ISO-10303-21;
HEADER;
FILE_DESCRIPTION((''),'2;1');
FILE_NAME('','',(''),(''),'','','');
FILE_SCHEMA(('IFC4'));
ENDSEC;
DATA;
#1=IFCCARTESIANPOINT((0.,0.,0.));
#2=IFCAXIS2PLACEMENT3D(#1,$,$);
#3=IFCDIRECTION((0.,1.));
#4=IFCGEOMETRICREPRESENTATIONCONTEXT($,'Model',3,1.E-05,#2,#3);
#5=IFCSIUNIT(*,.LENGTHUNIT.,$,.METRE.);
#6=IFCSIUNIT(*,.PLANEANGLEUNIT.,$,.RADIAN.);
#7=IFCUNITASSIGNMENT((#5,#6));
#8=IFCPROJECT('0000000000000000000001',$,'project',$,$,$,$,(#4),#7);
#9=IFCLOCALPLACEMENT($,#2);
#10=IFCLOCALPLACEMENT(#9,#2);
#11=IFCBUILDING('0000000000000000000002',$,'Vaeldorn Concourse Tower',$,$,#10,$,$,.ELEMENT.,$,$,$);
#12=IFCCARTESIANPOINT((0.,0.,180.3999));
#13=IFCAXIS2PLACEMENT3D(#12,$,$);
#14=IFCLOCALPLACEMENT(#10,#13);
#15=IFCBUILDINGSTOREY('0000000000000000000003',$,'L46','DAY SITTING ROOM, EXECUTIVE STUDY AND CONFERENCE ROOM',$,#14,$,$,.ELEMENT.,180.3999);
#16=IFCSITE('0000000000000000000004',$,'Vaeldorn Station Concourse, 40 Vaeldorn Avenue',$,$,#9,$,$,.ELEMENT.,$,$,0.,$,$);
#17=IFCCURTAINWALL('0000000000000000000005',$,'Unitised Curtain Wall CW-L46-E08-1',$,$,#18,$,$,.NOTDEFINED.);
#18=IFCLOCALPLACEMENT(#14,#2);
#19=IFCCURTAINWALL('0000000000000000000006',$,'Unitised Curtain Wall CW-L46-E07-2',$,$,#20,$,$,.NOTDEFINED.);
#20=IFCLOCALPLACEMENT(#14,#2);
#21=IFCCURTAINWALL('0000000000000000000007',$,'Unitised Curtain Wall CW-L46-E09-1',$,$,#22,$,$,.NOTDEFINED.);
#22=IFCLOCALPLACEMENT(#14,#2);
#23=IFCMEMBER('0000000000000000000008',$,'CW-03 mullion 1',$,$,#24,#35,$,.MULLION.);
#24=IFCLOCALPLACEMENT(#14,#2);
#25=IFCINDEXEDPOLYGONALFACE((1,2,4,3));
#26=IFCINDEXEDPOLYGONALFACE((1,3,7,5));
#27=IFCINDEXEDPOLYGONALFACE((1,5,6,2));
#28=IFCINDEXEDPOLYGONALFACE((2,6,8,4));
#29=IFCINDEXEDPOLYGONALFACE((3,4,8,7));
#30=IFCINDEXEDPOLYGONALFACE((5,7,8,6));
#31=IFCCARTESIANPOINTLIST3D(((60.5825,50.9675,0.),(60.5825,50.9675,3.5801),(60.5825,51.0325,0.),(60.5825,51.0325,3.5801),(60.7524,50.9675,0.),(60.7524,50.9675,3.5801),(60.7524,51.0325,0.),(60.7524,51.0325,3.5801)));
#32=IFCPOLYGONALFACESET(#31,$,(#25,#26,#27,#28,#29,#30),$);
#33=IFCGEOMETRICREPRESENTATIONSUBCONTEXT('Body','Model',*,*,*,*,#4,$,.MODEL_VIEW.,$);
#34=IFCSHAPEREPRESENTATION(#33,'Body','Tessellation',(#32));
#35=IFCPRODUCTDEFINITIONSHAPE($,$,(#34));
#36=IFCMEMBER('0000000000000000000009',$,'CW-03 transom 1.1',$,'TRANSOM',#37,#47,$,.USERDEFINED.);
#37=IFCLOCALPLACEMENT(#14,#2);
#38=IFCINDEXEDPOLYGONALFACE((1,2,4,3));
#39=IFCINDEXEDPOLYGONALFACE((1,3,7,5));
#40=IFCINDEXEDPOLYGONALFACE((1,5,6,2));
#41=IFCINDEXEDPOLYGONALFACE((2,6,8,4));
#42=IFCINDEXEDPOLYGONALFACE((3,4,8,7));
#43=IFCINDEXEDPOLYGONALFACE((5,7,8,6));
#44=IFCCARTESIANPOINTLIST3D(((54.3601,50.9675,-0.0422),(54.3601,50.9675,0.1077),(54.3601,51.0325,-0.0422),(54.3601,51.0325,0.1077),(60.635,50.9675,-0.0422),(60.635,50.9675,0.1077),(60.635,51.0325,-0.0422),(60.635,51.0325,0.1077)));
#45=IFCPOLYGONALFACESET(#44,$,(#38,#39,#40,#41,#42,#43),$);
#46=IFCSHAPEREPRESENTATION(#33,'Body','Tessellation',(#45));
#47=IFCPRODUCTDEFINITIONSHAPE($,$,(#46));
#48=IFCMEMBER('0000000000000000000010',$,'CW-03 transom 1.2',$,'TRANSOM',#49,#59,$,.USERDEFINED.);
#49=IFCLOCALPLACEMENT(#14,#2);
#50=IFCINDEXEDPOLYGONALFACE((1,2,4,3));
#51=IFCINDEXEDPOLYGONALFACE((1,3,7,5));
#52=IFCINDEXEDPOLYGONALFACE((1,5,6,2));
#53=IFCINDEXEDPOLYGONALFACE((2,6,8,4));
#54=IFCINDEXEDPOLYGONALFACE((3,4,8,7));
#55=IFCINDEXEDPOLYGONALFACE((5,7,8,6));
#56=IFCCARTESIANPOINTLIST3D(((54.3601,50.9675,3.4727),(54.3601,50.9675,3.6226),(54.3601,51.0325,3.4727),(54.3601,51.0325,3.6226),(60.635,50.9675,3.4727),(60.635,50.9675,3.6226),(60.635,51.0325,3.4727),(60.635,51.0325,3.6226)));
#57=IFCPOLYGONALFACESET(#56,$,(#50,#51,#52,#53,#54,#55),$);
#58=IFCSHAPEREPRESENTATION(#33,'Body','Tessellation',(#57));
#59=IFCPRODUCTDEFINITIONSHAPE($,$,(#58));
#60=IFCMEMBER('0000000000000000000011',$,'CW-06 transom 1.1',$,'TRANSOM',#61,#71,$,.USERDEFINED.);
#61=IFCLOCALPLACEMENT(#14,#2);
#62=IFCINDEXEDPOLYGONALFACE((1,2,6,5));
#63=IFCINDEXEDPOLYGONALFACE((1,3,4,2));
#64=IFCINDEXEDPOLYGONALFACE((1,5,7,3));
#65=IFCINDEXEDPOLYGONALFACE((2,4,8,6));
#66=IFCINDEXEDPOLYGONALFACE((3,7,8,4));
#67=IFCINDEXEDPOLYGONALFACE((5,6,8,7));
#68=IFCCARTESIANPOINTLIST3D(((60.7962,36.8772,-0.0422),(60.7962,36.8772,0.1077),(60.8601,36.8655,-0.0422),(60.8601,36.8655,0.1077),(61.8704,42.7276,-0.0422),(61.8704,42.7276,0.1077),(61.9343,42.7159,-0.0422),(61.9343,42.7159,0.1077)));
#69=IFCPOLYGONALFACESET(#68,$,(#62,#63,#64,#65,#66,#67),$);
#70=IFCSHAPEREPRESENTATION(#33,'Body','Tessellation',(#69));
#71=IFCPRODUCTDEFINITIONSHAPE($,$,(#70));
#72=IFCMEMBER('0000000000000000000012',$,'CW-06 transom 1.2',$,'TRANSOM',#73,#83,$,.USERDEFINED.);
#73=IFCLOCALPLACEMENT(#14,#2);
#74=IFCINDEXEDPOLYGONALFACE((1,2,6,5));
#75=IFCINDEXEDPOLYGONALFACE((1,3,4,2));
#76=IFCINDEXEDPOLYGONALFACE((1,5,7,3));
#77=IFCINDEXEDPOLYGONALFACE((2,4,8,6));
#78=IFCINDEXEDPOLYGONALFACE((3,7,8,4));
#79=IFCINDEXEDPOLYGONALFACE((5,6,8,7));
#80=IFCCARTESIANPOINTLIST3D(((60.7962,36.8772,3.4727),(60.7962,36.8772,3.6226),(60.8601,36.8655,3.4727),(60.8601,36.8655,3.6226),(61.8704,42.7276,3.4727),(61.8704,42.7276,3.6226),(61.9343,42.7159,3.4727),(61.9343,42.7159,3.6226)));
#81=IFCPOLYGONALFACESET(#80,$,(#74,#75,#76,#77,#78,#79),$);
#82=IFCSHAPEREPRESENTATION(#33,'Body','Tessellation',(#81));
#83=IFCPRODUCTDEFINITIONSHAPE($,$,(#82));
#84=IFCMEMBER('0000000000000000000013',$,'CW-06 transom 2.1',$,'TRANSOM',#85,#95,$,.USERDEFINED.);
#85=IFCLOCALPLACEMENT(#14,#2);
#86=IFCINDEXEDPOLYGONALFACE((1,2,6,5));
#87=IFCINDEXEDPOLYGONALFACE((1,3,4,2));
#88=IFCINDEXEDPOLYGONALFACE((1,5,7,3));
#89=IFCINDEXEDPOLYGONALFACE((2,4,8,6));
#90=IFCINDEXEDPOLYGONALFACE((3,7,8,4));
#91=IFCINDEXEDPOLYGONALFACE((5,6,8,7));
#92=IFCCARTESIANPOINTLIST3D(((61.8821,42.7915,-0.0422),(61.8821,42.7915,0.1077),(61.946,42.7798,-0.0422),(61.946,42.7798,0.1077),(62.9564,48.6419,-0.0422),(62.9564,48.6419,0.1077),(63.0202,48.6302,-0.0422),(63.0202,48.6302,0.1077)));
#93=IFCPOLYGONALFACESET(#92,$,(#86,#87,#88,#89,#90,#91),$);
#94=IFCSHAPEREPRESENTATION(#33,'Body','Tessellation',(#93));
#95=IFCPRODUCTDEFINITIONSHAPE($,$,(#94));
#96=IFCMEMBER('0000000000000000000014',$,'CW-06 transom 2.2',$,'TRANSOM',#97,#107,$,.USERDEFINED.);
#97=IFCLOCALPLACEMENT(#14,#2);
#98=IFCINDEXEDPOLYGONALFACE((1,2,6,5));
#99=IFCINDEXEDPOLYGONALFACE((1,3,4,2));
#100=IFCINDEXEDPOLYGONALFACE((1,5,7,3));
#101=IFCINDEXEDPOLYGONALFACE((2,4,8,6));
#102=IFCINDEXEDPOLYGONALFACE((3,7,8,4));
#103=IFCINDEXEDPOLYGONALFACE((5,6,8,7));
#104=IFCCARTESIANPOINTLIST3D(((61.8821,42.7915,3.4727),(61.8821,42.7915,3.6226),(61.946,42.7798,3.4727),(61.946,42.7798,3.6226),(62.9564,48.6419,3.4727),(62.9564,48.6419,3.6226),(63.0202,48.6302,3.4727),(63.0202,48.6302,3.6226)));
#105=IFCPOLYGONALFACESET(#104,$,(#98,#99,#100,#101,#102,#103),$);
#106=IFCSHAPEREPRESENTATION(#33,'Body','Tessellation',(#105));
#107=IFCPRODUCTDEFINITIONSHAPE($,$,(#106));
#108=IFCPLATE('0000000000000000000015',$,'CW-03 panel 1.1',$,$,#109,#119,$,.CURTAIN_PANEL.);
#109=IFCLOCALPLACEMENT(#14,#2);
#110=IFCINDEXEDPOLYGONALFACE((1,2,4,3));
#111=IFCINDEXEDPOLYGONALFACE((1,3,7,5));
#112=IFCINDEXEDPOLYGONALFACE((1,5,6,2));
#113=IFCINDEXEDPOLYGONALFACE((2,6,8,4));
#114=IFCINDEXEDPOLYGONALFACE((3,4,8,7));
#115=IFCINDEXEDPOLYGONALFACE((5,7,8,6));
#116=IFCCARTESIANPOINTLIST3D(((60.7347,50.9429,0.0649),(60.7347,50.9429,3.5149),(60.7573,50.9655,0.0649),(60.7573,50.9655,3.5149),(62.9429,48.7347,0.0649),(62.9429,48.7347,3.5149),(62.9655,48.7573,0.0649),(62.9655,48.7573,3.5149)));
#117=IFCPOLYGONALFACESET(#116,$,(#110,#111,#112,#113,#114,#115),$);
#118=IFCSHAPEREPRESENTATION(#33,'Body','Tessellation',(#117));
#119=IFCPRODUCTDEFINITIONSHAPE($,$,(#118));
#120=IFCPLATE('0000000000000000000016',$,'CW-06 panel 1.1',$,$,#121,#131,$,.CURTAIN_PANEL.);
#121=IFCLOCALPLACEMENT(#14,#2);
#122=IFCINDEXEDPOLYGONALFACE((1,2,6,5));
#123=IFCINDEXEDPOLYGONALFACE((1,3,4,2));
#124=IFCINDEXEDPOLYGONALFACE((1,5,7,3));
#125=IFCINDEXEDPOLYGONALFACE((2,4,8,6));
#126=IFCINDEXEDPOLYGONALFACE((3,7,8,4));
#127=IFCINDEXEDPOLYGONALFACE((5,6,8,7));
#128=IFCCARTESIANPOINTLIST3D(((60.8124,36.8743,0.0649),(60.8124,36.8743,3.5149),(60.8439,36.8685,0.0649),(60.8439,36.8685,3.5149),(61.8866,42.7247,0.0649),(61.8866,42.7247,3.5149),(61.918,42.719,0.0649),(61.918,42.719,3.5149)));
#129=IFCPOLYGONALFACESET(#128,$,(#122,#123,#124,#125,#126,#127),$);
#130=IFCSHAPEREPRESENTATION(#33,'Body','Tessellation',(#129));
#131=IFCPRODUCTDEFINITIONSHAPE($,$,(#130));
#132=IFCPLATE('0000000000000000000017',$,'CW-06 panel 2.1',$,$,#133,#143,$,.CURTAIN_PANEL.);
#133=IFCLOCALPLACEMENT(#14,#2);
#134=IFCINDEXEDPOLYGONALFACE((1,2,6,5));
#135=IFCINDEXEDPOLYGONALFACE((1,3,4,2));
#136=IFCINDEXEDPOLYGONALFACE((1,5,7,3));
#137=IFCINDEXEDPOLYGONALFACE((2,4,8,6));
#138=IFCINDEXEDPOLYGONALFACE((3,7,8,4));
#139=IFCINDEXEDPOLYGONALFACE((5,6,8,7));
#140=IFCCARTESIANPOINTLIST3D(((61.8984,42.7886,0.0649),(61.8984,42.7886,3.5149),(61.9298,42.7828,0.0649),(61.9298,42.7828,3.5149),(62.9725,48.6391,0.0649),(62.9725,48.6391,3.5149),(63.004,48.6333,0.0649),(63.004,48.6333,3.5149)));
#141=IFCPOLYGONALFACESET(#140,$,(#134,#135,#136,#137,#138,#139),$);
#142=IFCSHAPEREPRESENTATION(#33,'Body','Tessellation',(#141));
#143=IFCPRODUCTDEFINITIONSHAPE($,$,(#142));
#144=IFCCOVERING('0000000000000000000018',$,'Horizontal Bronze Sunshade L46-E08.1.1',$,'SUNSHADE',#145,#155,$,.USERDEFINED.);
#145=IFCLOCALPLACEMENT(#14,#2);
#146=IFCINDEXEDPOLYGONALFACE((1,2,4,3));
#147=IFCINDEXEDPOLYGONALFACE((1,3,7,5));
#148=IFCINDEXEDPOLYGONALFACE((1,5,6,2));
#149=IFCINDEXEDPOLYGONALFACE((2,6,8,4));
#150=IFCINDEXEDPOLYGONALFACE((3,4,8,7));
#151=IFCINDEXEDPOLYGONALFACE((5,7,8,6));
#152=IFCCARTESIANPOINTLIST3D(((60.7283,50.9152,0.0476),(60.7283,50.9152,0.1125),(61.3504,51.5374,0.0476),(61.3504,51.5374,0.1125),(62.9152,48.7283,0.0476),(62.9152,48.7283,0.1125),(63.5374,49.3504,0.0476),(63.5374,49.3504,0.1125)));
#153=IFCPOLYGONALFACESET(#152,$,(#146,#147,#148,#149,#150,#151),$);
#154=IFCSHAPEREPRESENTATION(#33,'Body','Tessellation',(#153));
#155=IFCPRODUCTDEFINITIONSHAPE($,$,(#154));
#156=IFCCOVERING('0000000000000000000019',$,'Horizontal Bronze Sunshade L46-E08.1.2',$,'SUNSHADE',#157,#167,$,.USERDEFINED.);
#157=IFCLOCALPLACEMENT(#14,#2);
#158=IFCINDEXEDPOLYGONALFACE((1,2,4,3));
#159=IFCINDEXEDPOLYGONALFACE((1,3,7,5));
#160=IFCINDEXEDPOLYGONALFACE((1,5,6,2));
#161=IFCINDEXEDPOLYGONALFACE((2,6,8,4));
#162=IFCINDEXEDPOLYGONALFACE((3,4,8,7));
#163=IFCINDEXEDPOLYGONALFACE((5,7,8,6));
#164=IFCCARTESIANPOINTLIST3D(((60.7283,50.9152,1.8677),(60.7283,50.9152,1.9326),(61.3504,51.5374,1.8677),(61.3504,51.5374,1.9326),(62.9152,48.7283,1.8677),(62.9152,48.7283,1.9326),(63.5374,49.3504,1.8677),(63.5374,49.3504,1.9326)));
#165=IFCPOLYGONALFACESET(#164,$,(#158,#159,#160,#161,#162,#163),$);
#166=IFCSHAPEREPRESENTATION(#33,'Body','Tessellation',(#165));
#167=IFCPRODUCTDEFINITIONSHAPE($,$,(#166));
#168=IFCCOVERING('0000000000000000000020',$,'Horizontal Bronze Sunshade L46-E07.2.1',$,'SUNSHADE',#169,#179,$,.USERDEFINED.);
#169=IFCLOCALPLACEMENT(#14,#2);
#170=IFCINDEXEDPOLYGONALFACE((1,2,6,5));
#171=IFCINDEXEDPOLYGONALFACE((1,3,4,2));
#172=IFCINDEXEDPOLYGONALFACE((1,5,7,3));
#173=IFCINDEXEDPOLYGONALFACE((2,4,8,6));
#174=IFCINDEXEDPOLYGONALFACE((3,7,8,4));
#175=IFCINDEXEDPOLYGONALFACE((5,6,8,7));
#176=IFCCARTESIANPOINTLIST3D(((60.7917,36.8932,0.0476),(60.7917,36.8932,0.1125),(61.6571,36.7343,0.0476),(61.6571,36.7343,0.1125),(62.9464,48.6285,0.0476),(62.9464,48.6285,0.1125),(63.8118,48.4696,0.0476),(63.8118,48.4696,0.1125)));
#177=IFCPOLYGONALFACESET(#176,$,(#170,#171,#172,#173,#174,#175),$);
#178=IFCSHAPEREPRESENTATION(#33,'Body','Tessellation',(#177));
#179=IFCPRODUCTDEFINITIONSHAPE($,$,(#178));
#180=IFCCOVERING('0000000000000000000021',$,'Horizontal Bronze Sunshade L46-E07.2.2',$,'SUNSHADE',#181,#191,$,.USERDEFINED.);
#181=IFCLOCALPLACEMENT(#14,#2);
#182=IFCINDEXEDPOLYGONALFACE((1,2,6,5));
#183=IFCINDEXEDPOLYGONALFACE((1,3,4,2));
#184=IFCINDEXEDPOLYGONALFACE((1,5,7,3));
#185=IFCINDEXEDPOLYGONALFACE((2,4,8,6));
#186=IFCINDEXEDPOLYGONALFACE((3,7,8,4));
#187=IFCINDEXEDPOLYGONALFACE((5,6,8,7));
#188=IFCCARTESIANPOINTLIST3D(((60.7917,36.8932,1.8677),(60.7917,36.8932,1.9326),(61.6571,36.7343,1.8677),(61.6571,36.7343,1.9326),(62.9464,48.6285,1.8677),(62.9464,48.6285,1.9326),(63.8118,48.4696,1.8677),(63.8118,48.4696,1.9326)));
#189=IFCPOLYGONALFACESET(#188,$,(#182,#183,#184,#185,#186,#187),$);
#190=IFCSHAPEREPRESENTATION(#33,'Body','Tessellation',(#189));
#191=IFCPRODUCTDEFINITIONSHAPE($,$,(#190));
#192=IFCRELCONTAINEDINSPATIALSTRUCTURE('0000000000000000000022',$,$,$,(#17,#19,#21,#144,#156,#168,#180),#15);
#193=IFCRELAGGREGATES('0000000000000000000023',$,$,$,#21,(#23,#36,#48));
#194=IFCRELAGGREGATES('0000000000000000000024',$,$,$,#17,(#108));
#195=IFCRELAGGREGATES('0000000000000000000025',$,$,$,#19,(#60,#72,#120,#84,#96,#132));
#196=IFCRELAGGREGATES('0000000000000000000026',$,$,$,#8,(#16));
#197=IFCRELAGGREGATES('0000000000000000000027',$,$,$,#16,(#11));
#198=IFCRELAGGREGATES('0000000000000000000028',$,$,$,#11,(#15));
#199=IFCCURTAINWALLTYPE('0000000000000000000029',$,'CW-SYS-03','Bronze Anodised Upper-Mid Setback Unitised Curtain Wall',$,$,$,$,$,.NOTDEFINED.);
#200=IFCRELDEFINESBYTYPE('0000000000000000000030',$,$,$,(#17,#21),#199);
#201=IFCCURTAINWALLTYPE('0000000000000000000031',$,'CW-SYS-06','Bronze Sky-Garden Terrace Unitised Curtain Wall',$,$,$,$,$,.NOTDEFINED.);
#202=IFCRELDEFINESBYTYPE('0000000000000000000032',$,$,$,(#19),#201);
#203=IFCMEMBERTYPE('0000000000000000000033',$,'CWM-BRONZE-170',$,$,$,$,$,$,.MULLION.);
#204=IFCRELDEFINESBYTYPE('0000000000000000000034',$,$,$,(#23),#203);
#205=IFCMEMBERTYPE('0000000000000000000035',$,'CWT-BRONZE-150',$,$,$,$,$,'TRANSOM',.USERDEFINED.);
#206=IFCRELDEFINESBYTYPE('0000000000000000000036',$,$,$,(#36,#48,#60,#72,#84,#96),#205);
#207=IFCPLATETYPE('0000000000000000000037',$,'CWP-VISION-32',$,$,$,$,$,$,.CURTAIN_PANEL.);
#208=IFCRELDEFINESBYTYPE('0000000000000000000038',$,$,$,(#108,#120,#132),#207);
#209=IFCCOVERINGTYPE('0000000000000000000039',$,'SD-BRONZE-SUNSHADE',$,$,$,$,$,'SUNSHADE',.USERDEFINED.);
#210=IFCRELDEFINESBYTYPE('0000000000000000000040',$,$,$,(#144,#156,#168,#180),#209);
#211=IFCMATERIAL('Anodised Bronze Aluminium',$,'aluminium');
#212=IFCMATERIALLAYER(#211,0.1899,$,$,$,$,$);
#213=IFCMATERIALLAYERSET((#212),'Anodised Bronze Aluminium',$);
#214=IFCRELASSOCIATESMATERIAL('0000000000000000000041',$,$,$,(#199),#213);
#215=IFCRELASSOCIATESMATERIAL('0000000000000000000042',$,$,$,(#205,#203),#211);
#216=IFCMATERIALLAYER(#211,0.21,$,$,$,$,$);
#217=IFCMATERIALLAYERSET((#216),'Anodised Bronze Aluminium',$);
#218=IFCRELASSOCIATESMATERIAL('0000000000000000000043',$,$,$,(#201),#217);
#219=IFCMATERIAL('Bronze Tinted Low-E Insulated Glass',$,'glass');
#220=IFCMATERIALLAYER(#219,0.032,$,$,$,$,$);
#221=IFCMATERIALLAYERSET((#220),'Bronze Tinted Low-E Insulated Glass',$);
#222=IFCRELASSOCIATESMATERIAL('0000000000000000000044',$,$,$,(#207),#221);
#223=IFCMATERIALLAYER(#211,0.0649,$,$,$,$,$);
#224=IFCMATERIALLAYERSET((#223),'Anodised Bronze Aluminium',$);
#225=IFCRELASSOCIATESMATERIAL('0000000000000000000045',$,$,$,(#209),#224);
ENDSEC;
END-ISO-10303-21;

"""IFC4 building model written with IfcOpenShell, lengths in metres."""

from ifc_helpers import new_model, si_unit, direction, frame, origin, origin_2d, place, context, subcontext, project, spatial, rectangle, extrude, source, transform, mapped, material, layer, layer_set, material_profile, profile_set, type_object, element, aggregate, save


model = new_model("IFC4")

# Units and contexts
model_context = context("Model", 3, precision=1e-05, world=origin(), true_north=direction((0.0, 1.0)))
body_context = subcontext(model_context, "Body", "Model", "MODEL_VIEW")
ifc_project = project(units=[si_unit("LENGTHUNIT", "METRE"), si_unit("PLANEANGLEUNIT", "RADIAN")], contexts=[model_context])

# Site, building, storey
site_placement = place(None, origin())
site = spatial("IfcSite", under=ifc_project, at=site_placement, Name="Vaeldorn Station Concourse, 40 Vaeldorn Avenue", CompositionType="ELEMENT", RefElevation=0.0)
building_placement = place(site_placement, origin())
building = spatial("IfcBuilding", under=site, at=building_placement, Name="Vaeldorn Concourse Tower", CompositionType="ELEMENT")
storey_placement = place(building_placement, frame((0.0, 0.0, 180.3999)))
storey = spatial("IfcBuildingStorey", under=building, at=storey_placement, Name="L46", Description="DAY SITTING ROOM, EXECUTIVE STUDY AND CONFERENCE ROOM", CompositionType="ELEMENT", Elevation=180.3999)

# Curtain walls
ifc_material_1 = material(Name="Anodised Bronze Aluminium", Category="aluminium")
ifc_layer_1 = layer(ifc_material_1, 0.1899)
ifc_layer_set_1 = layer_set([ifc_layer_1], Name="Anodised Bronze Aluminium")
curtain_wall_type_1 = type_object("IfcCurtainWallType", Name="CW-SYS-03", Description="Bronze Anodised Upper-Mid Setback Unitised Curtain Wall", PredefinedType="NOTDEFINED", material=ifc_layer_set_1)
curtain_wall_1_placement = place(storey_placement, origin())
curtain_wall_1 = element("IfcCurtainWall", 1, at=curtain_wall_1_placement, inside=storey, type_object=curtain_wall_type_1, Name="Unitised Curtain Wall CW-L46-E08-1", PredefinedType="NOTDEFINED")
ifc_material_profile_1 = material_profile(ifc_material_1, rectangle(XDim=0.0649, YDim=0.1499, at=origin_2d()), Name="CWT 65x150")
ifc_profile_set_1 = profile_set([ifc_material_profile_1], Name="Anodised Bronze Aluminium")
member_type_1 = type_object("IfcMemberType", Name="CWT-BRONZE-150", ElementType="TRANSOM", PredefinedType="USERDEFINED", material=ifc_profile_set_1)
ifc_layer_2 = layer(ifc_material_1, 0.21)
ifc_layer_set_2 = layer_set([ifc_layer_2], Name="Anodised Bronze Aluminium")
curtain_wall_type_2 = type_object("IfcCurtainWallType", Name="CW-SYS-06", Description="Bronze Sky-Garden Terrace Unitised Curtain Wall", PredefinedType="NOTDEFINED", material=ifc_layer_set_2)
curtain_wall_2_placement = place(storey_placement, origin())
curtain_wall_2 = element("IfcCurtainWall", 2, at=curtain_wall_2_placement, inside=storey, type_object=curtain_wall_type_2, Name="Unitised Curtain Wall CW-L46-E07-2", PredefinedType="NOTDEFINED")
ifc_material_profile_2 = material_profile(ifc_material_1, rectangle(XDim=0.0649, YDim=0.1699, at=origin_2d()), Name="CWM 65x170")
ifc_profile_set_2 = profile_set([ifc_material_profile_2], Name="Anodised Bronze Aluminium")
member_type_2 = type_object("IfcMemberType", Name="CWM-BRONZE-170", PredefinedType="MULLION", material=ifc_profile_set_2)
shared_shape_1 = source(origin(), body_context, "Body", "SweptSolid", [
    extrude(rectangle(XDim=0.0649, YDim=0.1699, at=origin_2d()), origin(), (0.0, 0.0, 1.0), 3.5801),
])

# Curtain wall, members
curtain_wall_3_placement = place(storey_placement, origin())
curtain_wall_3 = element("IfcCurtainWall", 3, at=curtain_wall_3_placement, inside=storey, type_object=curtain_wall_type_1, Name="Unitised Curtain Wall CW-L46-E09-1", PredefinedType="NOTDEFINED")
member_1_placement = place(storey_placement, frame((60.6675, 51.0, 0.0), z_axis=(0.0, 0.0, 1.0), x_axis=(0.0, -1.0, 0.0)))
member_1 = element("IfcMember", 4, at=member_1_placement, type_object=member_type_2, Name="CW-03 mullion 1", PredefinedType="MULLION", context=body_context, shape_type="MappedRepresentation", body=[
    mapped(shared_shape_1, transform((0.0, 0.0, 0.0), scale=1.0)),
])
shared_shape_2 = source(origin(), body_context, "Body", "SweptSolid", [
    extrude(rectangle(XDim=0.0649, YDim=0.1499, at=origin_2d()), origin(), (0.0, 0.0, 1.0), 6.2749),
])
member_2_placement = place(storey_placement, frame((60.635, 51.0, 0.0327), z_axis=(-1.0, 0.0, 0.0), x_axis=(0.0, -1.0, 0.0)))
member_2 = element("IfcMember", 5, at=member_2_placement, type_object=member_type_1, Name="CW-03 transom 1.1", ObjectType="TRANSOM", PredefinedType="USERDEFINED", context=body_context, shape_type="MappedRepresentation", body=[
    mapped(shared_shape_2, transform((0.0, 0.0, 0.0), scale=1.0)),
])
member_3_placement = place(storey_placement, frame((60.635, 51.0, 3.5476), z_axis=(-1.0, 0.0, 0.0), x_axis=(0.0, -1.0, 0.0)))
member_3 = element("IfcMember", 6, at=member_3_placement, type_object=member_type_1, Name="CW-03 transom 1.2", ObjectType="TRANSOM", PredefinedType="USERDEFINED", context=body_context, shape_type="MappedRepresentation", body=[
    mapped(shared_shape_2, transform((0.0, 0.0, 0.0), scale=1.0)),
])
aggregate(curtain_wall_3, [member_1, member_2, member_3])

# Members
shared_shape_3 = source(origin(), body_context, "Body", "SweptSolid", [
    extrude(rectangle(XDim=0.0649, YDim=0.1499, at=origin_2d()), origin(), (0.0, 0.0, 1.0), 5.9482),
])
member_4_placement = place(storey_placement, frame((60.8281, 36.8713, 0.0327), z_axis=(0.180597, 0.983557, 0.0), x_axis=(-0.983557, 0.180597, 0.0)))
member_4 = element("IfcMember", 7, at=member_4_placement, type_object=member_type_1, Name="CW-06 transom 1.1", ObjectType="TRANSOM", PredefinedType="USERDEFINED", context=body_context, shape_type="MappedRepresentation", body=[
    mapped(shared_shape_3, transform((0.0, 0.0, 0.0), scale=1.0)),
])
member_5_placement = place(storey_placement, frame((60.8281, 36.8713, 3.5476), z_axis=(0.180597, 0.983557, 0.0), x_axis=(-0.983557, 0.180597, 0.0)))
member_5 = element("IfcMember", 8, at=member_5_placement, type_object=member_type_1, Name="CW-06 transom 1.2", ObjectType="TRANSOM", PredefinedType="USERDEFINED", context=body_context, shape_type="MappedRepresentation", body=[
    mapped(shared_shape_3, transform((0.0, 0.0, 0.0), scale=1.0)),
])
member_6_placement = place(storey_placement, frame((61.9141, 42.7856, 0.0327), z_axis=(0.180597, 0.983557, 0.0), x_axis=(-0.983557, 0.180597, 0.0)))
member_6 = element("IfcMember", 9, at=member_6_placement, type_object=member_type_1, Name="CW-06 transom 2.1", ObjectType="TRANSOM", PredefinedType="USERDEFINED", context=body_context, shape_type="MappedRepresentation", body=[
    mapped(shared_shape_3, transform((0.0, 0.0, 0.0), scale=1.0)),
])
member_7_placement = place(storey_placement, frame((61.9141, 42.7856, 3.5476), z_axis=(0.180597, 0.983557, 0.0), x_axis=(-0.983557, 0.180597, 0.0)))
member_7 = element("IfcMember", 10, at=member_7_placement, type_object=member_type_1, Name="CW-06 transom 2.2", ObjectType="TRANSOM", PredefinedType="USERDEFINED", context=body_context, shape_type="MappedRepresentation", body=[
    mapped(shared_shape_3, transform((0.0, 0.0, 0.0), scale=1.0)),
])

# Plates
ifc_material_2 = material(Name="Bronze Tinted Low-E Insulated Glass", Category="glass")
ifc_layer_3 = layer(ifc_material_2, 0.032)
ifc_layer_set_3 = layer_set([ifc_layer_3], Name="Bronze Tinted Low-E Insulated Glass")
plate_type = type_object("IfcPlateType", Name="CWP-VISION-32", PredefinedType="CURTAIN_PANEL", material=ifc_layer_set_3)
shared_shape_4 = source(origin(), body_context, "Body", "SweptSolid", [
    extrude(rectangle(XDim=3.1228, YDim=0.032, at=origin_2d()), origin(), (0.0, 0.0, 1.0), 3.45),
])
plate_1_placement = place(storey_placement, frame((61.8501, 49.8501, 0.0649), z_axis=(0.0, 0.0, 1.0), x_axis=(-0.707107, 0.707107, 0.0)))
plate_1 = element("IfcPlate", 11, at=plate_1_placement, type_object=plate_type, Name="CW-03 panel 1.1", PredefinedType="CURTAIN_PANEL", context=body_context, shape_type="MappedRepresentation", body=[
    mapped(shared_shape_4, transform((0.0, 0.0, 0.0), scale=1.0)),
])
aggregate(curtain_wall_1, [plate_1])
shared_shape_5 = source(origin(), body_context, "Body", "SweptSolid", [
    extrude(rectangle(XDim=5.9482, YDim=0.032, at=origin_2d()), origin(), (0.0, 0.0, 1.0), 3.45),
])
plate_2_placement = place(storey_placement, frame((61.3652, 39.7966, 0.0649), z_axis=(0.0, 0.0, 1.0), x_axis=(0.180585, 0.983559, 0.0)))
plate_2 = element("IfcPlate", 12, at=plate_2_placement, type_object=plate_type, Name="CW-06 panel 1.1", PredefinedType="CURTAIN_PANEL", context=body_context, shape_type="MappedRepresentation", body=[
    mapped(shared_shape_5, transform((0.0, 0.0, 0.0), scale=1.0)),
])
plate_3_placement = place(storey_placement, frame((62.4512, 45.7109, 0.0649), z_axis=(0.0, 0.0, 1.0), x_axis=(0.180585, 0.983559, 0.0)))
plate_3 = element("IfcPlate", 13, at=plate_3_placement, type_object=plate_type, Name="CW-06 panel 2.1", PredefinedType="CURTAIN_PANEL", context=body_context, shape_type="MappedRepresentation", body=[
    mapped(shared_shape_5, transform((0.0, 0.0, 0.0), scale=1.0)),
])
aggregate(curtain_wall_2, [member_4, member_5, plate_2, member_6, member_7, plate_3])

# Coverings
ifc_layer_4 = layer(ifc_material_1, 0.0649)
ifc_layer_set_4 = layer_set([ifc_layer_4], Name="Anodised Bronze Aluminium")
covering_type = type_object("IfcCoveringType", Name="SD-BRONZE-SUNSHADE", ElementType="SUNSHADE", PredefinedType="USERDEFINED", material=ifc_layer_set_4)
shared_shape_6 = source(origin(), body_context, "Body", "SweptSolid", [
    extrude(rectangle(XDim=3.0928, YDim=0.8799, at=origin_2d()), origin(), (0.0, 0.0, 1.0), 0.0649),
])
for number, where, z_axis, x_axis, name in (
    (14, (62.1328, 50.1328, 0.0476), (0.0, 0.0, 1.0), (-0.707107, 0.707107, 0.0), "Horizontal Bronze Sunshade L46-E08.1.1"),
    (15, (62.1328, 50.1328, 1.8677), (0.0, 0.0, 1.0), (-0.707107, 0.707107, 0.0), "Horizontal Bronze Sunshade L46-E08.1.2"),
):
    element("IfcCovering", number, at=place(storey_placement, frame(where, z_axis=z_axis, x_axis=x_axis)), inside=storey, type_object=covering_type, Name=name, ObjectType="SUNSHADE", PredefinedType="USERDEFINED", context=body_context, shape_type="MappedRepresentation", body=[
        mapped(shared_shape_6, transform((0.0, 0.0, 0.0), scale=1.0)),
    ])
shared_shape_7 = source(origin(), body_context, "Body", "SweptSolid", [
    extrude(rectangle(XDim=11.9314, YDim=0.8799, at=origin_2d()), origin(), (0.0, 0.0, 1.0), 0.0649),
])
for number, where, z_axis, x_axis, name in (
    (16, (62.3018, 42.6814, 0.0476), (0.0, 0.0, 1.0), (0.180588, 0.983559, 0.0), "Horizontal Bronze Sunshade L46-E07.2.1"),
    (17, (62.3018, 42.6814, 1.8677), (0.0, 0.0, 1.0), (0.180588, 0.983559, 0.0), "Horizontal Bronze Sunshade L46-E07.2.2"),
):
    element("IfcCovering", number, at=place(storey_placement, frame(where, z_axis=z_axis, x_axis=x_axis)), inside=storey, type_object=covering_type, Name=name, ObjectType="SUNSHADE", PredefinedType="USERDEFINED", context=body_context, shape_type="MappedRepresentation", body=[
        mapped(shared_shape_7, transform((0.0, 0.0, 0.0), scale=1.0)),
    ])

save(model, "model.ifc")
